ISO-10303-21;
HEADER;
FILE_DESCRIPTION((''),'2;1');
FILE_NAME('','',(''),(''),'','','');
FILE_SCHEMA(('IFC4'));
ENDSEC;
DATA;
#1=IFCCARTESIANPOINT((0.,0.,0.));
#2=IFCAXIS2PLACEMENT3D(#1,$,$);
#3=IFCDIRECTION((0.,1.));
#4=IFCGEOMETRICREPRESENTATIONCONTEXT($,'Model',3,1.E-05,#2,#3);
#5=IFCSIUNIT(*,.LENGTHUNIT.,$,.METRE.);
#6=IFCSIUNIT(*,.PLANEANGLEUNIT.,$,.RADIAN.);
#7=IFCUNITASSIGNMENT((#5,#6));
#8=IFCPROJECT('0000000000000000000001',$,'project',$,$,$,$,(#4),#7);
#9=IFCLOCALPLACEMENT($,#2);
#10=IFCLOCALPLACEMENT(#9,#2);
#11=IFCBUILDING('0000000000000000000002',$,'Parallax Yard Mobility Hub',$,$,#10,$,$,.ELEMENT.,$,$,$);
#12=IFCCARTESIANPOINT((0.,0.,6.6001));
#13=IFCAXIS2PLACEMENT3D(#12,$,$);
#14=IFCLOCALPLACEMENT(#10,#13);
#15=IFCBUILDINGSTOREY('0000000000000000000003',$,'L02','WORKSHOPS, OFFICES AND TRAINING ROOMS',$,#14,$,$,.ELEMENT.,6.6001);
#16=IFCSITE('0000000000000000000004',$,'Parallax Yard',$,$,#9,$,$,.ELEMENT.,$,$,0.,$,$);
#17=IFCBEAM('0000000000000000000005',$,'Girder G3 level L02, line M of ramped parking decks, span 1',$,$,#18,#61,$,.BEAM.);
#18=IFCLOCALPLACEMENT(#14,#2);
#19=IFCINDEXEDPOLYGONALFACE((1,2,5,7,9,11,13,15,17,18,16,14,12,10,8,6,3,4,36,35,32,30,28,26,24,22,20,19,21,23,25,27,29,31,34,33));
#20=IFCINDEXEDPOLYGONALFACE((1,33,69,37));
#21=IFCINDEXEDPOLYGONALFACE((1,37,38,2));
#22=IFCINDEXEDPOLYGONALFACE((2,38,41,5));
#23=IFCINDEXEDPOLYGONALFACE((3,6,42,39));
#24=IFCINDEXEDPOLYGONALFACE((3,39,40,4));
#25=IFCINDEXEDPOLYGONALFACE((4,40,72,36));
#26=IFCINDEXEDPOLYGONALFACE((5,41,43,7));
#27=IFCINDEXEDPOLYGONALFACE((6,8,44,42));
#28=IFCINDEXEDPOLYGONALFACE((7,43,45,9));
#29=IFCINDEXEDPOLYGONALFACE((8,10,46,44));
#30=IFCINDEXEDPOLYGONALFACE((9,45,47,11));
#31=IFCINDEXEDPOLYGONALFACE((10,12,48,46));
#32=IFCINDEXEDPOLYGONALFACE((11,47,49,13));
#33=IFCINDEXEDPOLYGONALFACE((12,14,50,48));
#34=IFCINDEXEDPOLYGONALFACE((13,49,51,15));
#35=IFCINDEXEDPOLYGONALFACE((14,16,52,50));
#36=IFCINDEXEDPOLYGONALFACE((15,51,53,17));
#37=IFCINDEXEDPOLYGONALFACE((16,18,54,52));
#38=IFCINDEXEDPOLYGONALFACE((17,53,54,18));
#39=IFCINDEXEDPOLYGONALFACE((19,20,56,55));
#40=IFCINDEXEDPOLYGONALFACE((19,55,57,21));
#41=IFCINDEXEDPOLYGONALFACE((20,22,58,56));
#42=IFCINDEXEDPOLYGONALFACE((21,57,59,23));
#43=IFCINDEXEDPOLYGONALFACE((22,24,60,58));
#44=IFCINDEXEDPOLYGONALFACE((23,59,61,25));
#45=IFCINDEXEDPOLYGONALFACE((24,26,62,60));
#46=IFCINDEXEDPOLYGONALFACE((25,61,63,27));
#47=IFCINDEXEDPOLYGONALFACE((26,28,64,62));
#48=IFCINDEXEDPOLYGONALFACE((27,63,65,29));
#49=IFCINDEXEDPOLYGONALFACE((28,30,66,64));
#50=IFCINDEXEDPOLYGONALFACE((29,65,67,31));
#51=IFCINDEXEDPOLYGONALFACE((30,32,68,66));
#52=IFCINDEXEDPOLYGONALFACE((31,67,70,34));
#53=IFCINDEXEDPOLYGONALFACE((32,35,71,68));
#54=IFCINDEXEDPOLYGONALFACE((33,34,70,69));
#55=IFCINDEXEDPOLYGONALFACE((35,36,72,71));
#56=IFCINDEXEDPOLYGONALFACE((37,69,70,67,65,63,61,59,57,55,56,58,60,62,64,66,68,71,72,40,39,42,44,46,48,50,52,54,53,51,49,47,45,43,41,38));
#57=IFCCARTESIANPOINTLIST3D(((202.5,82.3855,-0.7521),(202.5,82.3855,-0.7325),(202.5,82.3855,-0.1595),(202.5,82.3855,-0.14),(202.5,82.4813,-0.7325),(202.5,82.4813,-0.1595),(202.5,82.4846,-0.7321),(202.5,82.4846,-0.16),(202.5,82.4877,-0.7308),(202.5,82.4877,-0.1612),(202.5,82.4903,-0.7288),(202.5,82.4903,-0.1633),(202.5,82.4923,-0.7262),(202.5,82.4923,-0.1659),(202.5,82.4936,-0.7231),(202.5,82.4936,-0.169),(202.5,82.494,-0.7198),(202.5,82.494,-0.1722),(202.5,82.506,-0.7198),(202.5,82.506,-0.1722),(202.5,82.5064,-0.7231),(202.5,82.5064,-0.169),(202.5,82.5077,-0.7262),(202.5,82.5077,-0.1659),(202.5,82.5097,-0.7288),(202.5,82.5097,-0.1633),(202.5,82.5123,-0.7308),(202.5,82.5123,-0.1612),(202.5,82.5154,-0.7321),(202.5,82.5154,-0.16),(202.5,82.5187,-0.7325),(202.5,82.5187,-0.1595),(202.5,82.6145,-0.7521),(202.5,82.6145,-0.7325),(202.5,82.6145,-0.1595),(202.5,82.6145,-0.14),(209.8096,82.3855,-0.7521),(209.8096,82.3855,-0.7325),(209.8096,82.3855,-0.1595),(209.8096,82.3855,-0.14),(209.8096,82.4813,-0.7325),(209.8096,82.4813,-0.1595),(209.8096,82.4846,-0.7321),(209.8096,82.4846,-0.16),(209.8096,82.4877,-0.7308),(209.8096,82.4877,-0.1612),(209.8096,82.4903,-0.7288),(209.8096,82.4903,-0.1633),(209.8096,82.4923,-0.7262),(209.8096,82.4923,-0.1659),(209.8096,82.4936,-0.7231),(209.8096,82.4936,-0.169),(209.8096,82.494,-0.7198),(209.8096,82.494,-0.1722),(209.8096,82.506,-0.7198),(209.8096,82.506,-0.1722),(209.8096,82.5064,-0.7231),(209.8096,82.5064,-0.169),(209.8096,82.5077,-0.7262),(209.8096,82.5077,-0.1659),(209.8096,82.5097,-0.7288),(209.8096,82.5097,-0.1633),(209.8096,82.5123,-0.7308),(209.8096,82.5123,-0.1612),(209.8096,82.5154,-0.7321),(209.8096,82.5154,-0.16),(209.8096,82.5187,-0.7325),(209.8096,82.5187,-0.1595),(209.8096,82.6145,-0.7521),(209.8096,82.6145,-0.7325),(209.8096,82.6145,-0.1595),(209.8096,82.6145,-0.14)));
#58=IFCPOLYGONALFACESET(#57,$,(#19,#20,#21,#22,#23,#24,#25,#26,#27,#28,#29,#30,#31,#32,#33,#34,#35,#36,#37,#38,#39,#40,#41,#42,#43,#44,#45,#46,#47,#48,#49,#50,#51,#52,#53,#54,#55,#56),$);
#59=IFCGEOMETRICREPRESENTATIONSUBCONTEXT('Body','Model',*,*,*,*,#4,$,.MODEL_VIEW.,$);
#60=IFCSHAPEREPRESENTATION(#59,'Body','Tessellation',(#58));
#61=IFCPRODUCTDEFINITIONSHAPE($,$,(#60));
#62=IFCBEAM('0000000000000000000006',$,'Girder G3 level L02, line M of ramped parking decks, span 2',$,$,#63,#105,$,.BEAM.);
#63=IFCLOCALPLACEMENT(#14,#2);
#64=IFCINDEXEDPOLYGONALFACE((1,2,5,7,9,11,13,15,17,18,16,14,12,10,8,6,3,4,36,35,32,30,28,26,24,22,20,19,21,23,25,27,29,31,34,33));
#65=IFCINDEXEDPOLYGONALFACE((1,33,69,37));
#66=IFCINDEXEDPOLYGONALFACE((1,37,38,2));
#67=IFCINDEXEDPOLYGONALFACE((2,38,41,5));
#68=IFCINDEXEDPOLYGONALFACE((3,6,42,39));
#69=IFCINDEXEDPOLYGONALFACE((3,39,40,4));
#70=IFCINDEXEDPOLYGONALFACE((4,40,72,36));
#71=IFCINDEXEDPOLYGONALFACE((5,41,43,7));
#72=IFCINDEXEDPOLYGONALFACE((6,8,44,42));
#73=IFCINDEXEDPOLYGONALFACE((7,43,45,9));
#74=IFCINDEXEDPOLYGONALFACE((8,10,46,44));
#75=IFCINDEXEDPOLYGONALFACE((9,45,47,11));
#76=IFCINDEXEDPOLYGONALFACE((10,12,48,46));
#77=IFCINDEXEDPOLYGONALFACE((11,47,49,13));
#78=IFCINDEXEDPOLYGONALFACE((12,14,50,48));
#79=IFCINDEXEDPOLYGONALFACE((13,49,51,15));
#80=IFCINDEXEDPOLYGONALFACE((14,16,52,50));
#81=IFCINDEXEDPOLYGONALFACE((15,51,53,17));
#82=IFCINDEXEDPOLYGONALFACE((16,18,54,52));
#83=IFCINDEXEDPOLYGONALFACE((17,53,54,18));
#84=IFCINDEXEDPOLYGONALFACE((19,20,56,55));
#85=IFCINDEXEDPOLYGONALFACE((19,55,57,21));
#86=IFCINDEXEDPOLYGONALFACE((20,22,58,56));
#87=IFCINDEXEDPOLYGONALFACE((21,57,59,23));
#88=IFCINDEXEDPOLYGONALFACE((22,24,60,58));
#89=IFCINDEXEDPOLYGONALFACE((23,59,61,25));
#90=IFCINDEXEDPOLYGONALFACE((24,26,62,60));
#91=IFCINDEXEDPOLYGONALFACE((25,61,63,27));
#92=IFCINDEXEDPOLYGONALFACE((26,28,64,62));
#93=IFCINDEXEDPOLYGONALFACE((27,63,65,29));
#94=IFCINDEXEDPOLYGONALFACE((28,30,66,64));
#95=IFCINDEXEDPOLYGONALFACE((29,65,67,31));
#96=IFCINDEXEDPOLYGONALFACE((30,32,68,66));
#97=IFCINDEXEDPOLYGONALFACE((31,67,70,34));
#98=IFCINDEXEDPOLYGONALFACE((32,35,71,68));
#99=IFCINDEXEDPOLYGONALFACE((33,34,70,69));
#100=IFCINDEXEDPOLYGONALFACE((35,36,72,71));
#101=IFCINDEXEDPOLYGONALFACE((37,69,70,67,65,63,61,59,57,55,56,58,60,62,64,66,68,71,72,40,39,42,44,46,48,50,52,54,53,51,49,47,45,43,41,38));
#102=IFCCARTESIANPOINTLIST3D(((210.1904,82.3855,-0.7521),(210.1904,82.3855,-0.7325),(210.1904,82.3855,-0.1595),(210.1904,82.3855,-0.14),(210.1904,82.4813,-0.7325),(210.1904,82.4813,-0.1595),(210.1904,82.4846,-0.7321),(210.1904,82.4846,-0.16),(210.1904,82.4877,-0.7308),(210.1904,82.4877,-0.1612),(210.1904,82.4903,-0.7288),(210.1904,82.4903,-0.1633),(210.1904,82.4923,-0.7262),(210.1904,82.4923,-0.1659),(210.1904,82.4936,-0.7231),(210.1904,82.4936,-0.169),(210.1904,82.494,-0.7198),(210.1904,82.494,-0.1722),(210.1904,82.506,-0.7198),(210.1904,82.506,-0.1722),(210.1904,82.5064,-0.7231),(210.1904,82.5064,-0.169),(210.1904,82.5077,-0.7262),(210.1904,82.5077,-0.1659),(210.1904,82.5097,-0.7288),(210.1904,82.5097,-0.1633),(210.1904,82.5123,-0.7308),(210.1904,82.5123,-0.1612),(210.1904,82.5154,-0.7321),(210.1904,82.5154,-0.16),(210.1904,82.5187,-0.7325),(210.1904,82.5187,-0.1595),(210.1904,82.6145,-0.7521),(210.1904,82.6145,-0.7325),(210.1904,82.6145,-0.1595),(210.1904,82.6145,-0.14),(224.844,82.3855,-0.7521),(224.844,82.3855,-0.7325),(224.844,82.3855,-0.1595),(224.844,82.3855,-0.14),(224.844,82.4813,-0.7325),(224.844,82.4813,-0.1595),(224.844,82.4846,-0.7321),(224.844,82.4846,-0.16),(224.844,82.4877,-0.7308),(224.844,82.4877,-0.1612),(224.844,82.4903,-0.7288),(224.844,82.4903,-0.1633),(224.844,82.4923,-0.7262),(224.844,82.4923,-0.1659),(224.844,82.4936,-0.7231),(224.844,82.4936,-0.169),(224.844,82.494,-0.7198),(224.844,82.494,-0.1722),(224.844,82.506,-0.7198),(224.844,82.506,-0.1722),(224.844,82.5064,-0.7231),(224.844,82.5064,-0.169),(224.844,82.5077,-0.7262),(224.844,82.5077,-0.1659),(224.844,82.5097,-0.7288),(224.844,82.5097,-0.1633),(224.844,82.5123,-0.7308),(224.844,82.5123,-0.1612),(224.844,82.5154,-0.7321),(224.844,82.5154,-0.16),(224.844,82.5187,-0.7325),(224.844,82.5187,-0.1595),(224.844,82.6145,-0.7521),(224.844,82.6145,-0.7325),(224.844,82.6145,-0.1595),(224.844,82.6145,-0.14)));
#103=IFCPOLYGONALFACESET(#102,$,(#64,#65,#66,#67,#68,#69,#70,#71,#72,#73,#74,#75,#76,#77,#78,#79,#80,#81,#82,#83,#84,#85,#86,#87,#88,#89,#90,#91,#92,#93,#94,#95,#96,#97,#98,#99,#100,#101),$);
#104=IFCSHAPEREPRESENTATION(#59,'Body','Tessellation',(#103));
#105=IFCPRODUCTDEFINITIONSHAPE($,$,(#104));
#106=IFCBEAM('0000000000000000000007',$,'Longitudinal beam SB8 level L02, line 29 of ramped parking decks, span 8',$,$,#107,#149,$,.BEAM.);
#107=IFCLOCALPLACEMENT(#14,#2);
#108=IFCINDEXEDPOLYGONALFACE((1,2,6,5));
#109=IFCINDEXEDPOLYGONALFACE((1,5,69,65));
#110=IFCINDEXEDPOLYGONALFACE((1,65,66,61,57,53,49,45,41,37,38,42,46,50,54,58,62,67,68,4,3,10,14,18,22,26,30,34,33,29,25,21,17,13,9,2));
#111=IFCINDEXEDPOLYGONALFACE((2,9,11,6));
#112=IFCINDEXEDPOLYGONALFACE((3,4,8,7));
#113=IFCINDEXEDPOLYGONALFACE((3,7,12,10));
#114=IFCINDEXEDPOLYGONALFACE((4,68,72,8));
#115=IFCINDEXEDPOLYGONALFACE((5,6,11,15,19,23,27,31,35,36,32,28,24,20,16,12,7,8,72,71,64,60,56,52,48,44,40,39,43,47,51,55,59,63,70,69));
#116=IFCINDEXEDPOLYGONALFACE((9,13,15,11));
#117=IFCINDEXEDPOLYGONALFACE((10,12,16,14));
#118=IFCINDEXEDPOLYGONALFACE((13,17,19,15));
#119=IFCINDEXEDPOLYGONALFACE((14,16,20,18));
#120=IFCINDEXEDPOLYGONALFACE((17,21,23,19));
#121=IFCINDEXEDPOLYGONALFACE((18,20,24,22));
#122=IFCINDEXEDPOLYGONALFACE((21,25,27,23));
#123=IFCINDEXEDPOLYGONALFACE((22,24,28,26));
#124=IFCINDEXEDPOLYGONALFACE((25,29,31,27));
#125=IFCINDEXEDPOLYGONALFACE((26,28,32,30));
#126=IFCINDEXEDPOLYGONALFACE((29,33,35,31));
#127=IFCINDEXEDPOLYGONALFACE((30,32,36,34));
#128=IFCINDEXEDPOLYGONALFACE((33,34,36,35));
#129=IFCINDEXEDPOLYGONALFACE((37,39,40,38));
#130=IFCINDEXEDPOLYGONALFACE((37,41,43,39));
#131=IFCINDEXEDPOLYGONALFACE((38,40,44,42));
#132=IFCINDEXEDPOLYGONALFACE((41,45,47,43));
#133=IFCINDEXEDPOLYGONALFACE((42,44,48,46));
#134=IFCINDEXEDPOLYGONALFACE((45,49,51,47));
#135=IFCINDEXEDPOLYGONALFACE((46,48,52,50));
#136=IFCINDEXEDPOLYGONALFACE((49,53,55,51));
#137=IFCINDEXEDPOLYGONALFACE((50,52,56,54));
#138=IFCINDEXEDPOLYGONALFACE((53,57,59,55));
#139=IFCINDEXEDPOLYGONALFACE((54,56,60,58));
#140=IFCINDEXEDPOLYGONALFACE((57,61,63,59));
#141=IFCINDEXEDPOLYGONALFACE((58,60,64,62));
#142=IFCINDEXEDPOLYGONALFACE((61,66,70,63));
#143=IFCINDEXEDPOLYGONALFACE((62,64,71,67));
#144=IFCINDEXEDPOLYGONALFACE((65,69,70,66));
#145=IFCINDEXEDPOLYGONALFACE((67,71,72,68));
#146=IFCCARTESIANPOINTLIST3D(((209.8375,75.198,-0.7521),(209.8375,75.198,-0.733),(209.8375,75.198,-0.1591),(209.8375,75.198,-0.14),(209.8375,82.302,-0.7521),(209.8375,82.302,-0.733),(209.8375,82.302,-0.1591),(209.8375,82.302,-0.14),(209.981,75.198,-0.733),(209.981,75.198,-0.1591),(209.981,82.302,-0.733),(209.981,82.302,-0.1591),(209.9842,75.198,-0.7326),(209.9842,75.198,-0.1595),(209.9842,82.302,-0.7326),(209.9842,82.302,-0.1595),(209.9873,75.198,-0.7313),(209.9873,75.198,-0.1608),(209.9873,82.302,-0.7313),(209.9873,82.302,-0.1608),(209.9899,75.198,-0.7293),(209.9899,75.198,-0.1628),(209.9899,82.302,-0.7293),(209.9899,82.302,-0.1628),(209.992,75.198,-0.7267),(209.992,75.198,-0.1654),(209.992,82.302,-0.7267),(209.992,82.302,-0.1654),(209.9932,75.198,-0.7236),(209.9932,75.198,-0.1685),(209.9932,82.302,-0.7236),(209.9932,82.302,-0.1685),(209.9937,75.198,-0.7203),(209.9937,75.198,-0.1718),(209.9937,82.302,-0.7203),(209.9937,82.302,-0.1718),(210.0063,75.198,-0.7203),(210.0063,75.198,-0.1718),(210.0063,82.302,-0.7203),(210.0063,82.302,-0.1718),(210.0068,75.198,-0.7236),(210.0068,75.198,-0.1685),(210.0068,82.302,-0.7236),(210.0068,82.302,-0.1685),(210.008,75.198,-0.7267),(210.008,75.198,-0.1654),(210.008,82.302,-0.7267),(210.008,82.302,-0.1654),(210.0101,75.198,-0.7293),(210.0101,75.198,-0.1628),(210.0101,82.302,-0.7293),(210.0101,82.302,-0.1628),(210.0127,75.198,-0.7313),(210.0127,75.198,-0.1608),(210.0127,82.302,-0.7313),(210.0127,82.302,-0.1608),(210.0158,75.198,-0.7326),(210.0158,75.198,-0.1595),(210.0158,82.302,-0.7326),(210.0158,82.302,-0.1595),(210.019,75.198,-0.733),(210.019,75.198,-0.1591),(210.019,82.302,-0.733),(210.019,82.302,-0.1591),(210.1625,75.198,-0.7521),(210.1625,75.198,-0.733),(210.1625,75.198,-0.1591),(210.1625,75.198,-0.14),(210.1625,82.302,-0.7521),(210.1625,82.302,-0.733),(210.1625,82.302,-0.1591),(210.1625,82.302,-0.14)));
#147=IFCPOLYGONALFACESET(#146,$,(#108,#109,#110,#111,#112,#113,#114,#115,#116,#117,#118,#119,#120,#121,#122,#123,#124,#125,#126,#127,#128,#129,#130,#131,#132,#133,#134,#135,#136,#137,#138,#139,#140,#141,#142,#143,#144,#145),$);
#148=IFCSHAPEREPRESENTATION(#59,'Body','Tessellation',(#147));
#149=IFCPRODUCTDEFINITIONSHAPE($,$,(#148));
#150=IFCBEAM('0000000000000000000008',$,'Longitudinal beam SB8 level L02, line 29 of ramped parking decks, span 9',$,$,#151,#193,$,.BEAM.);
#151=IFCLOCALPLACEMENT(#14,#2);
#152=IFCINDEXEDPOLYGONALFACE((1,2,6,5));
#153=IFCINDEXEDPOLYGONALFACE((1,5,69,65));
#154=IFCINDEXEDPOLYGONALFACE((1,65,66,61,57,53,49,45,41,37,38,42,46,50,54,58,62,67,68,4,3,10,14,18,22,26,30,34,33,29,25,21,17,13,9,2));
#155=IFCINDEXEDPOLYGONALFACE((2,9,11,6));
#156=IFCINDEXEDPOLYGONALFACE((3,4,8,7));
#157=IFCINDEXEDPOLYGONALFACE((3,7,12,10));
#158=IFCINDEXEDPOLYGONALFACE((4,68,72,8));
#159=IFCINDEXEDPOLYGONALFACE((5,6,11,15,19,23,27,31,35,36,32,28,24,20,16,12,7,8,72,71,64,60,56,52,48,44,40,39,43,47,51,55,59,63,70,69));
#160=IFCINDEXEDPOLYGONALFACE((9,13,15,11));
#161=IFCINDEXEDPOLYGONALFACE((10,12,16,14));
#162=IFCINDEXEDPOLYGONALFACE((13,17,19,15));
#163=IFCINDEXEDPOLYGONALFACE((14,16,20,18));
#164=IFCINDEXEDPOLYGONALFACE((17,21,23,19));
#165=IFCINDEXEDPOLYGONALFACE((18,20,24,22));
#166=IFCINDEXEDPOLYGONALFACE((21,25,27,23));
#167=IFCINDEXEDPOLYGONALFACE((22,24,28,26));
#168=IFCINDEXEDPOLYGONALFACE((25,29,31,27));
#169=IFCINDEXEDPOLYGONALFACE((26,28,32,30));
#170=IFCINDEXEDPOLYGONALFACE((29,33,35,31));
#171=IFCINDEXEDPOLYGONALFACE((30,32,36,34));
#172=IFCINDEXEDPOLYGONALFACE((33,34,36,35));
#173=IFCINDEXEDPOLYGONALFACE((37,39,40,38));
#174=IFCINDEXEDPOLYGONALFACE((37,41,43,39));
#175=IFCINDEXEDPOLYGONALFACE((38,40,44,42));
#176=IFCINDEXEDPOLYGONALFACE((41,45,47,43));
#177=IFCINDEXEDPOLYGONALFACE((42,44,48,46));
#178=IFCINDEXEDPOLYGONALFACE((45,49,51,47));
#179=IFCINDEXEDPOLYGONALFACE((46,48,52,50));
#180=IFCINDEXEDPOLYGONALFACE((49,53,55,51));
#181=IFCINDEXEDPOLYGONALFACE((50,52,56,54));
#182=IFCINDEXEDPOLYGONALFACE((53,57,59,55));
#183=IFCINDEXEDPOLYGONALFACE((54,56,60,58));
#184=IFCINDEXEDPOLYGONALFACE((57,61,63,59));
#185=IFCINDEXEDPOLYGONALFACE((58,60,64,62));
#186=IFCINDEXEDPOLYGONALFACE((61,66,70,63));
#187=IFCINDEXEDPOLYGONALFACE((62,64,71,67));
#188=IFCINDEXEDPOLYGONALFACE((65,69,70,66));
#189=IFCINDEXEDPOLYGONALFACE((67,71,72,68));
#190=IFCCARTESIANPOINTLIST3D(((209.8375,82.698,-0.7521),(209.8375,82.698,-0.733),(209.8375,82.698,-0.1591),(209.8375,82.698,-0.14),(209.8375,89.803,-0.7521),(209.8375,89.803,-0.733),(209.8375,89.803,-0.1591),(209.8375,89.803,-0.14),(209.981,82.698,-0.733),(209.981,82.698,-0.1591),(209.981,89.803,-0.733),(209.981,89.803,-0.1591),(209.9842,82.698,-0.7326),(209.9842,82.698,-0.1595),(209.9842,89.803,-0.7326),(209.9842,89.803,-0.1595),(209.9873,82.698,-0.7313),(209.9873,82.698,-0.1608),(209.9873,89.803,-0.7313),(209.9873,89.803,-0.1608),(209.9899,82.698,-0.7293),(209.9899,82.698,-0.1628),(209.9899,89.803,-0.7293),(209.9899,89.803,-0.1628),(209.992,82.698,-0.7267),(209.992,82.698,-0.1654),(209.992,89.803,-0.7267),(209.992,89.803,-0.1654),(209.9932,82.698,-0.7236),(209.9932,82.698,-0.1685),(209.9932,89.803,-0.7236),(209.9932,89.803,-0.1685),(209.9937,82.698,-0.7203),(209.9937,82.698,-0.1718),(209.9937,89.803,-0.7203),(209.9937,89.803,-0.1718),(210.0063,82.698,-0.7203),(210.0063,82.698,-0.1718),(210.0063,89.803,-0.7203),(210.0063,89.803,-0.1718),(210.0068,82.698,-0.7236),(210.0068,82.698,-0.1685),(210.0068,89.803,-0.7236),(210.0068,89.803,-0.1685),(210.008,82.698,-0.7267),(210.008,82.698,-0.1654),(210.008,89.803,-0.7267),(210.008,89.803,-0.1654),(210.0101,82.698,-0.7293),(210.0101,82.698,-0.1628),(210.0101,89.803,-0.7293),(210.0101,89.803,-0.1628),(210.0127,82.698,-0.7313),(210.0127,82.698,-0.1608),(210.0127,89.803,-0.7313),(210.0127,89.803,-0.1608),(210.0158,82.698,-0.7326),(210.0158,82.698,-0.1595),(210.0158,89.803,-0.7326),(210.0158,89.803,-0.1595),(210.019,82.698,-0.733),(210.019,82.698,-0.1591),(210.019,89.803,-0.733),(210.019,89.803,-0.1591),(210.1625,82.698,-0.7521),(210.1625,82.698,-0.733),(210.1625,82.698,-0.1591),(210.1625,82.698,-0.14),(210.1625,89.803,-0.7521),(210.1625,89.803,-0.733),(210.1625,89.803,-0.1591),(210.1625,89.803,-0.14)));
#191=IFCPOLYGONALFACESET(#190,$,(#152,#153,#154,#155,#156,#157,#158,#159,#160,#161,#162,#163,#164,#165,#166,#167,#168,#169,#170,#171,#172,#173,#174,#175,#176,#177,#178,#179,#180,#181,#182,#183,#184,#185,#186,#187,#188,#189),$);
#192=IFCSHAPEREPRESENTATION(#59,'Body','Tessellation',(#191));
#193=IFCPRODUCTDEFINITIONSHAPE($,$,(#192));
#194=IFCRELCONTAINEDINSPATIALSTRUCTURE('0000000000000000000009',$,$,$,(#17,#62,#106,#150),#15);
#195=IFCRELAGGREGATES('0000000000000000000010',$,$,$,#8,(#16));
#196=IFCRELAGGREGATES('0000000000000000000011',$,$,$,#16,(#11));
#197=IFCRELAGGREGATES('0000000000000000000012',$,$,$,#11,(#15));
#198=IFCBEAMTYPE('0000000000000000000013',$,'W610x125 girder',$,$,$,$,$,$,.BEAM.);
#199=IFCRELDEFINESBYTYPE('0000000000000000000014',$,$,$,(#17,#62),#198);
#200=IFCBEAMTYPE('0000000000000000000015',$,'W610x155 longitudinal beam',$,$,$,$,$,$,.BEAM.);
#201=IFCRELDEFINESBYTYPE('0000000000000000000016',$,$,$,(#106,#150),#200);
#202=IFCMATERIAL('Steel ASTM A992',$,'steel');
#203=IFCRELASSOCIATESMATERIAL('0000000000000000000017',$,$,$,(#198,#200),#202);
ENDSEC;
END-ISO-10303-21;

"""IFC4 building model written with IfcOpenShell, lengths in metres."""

from ifc_helpers import new_model, si_unit, direction, frame, origin, origin_2d, place, context, subcontext, project, spatial, i_section, extrude, material, material_profile, profile_set, type_object, element, save


model = new_model("IFC4")

# Units and contexts
model_context = context("Model", 3, precision=1e-05, world=origin(), true_north=direction((0.0, 1.0)))
body_context = subcontext(model_context, "Body", "Model", "MODEL_VIEW")
ifc_project = project(units=[si_unit("LENGTHUNIT", "METRE"), si_unit("PLANEANGLEUNIT", "RADIAN")], contexts=[model_context])

# Site, building, storey
site_placement = place(None, origin())
site = spatial("IfcSite", under=ifc_project, at=site_placement, Name="Parallax Yard", CompositionType="ELEMENT", RefElevation=0.0)
building_placement = place(site_placement, origin())
building = spatial("IfcBuilding", under=site, at=building_placement, Name="Parallax Yard Mobility Hub", CompositionType="ELEMENT")
storey_placement = place(building_placement, frame((0.0, 0.0, 6.6001)))
storey = spatial("IfcBuildingStorey", under=building, at=storey_placement, Name="L02", Description="WORKSHOPS, OFFICES AND TRAINING ROOMS", CompositionType="ELEMENT", Elevation=6.6001)

# Shared definitions
ifc_material_1 = material(Name="Steel ASTM A992", Category="steel")

# Beams
ifc_material_profile_1 = material_profile(ifc_material_1, i_section(OverallWidth=0.229, OverallDepth=0.6121, WebThickness=0.012, FlangeThickness=0.0195, FilletRadius=0.0127, at=origin_2d()), Name="W610x125")
ifc_profile_set_1 = profile_set([ifc_material_profile_1], Name="Steel ASTM A992")
beam_type_1 = type_object("IfcBeamType", Name="W610x125 girder", PredefinedType="BEAM", material=ifc_profile_set_1)
beam_1_placement = place(storey_placement, frame((202.5, 82.5, -0.446), z_axis=(1.0, 0.0, 0.0), x_axis=(0.0, 1.0, 0.0)))
element("IfcBeam", 1, at=beam_1_placement, inside=storey, type_object=beam_type_1, Name="Girder G3 level L02, line M of ramped parking decks, span 1", PredefinedType="BEAM", context=body_context, shape_type="SweptSolid", body=[
    extrude(i_section(OverallWidth=0.229, OverallDepth=0.6121, WebThickness=0.012, FlangeThickness=0.0195, FilletRadius=0.0127, at=origin_2d()), origin(), (0.0, 0.0, 1.0), 7.3096),
])
beam_2_placement = place(storey_placement, frame((210.1904, 82.5, -0.446), z_axis=(1.0, 0.0, 0.0), x_axis=(0.0, 1.0, 0.0)))
element("IfcBeam", 2, at=beam_2_placement, inside=storey, type_object=beam_type_1, Name="Girder G3 level L02, line M of ramped parking decks, span 2", PredefinedType="BEAM", context=body_context, shape_type="SweptSolid", body=[
    extrude(i_section(OverallWidth=0.229, OverallDepth=0.6121, WebThickness=0.012, FlangeThickness=0.0195, FilletRadius=0.0127, at=origin_2d()), origin(), (0.0, 0.0, 1.0), 14.6536),
])
ifc_material_profile_2 = material_profile(ifc_material_1, i_section(OverallWidth=0.325, OverallDepth=0.6121, WebThickness=0.0127, FlangeThickness=0.019, FilletRadius=0.0127, at=origin_2d()), Name="W610x155")
ifc_profile_set_2 = profile_set([ifc_material_profile_2], Name="Steel ASTM A992")
beam_type_2 = type_object("IfcBeamType", Name="W610x155 longitudinal beam", PredefinedType="BEAM", material=ifc_profile_set_2)
beam_3_placement = place(storey_placement, frame((210.0, 75.198, -0.446), z_axis=(0.0, 1.0, 0.0), x_axis=(-1.0, 0.0, 0.0)))
element("IfcBeam", 3, at=beam_3_placement, inside=storey, type_object=beam_type_2, Name="Longitudinal beam SB8 level L02, line 29 of ramped parking decks, span 8", PredefinedType="BEAM", context=body_context, shape_type="SweptSolid", body=[
    extrude(i_section(OverallWidth=0.325, OverallDepth=0.6121, WebThickness=0.0127, FlangeThickness=0.019, FilletRadius=0.0127, at=origin_2d()), origin(), (0.0, 0.0, 1.0), 7.104),
])
beam_4_placement = place(storey_placement, frame((210.0, 82.698, -0.446), z_axis=(0.0, 1.0, 0.0), x_axis=(-1.0, 0.0, 0.0)))
element("IfcBeam", 4, at=beam_4_placement, inside=storey, type_object=beam_type_2, Name="Longitudinal beam SB8 level L02, line 29 of ramped parking decks, span 9", PredefinedType="BEAM", context=body_context, shape_type="SweptSolid", body=[
    extrude(i_section(OverallWidth=0.325, OverallDepth=0.6121, WebThickness=0.0127, FlangeThickness=0.019, FilletRadius=0.0127, at=origin_2d()), origin(), (0.0, 0.0, 1.0), 7.105),
])

save(model, "model.ifc")
